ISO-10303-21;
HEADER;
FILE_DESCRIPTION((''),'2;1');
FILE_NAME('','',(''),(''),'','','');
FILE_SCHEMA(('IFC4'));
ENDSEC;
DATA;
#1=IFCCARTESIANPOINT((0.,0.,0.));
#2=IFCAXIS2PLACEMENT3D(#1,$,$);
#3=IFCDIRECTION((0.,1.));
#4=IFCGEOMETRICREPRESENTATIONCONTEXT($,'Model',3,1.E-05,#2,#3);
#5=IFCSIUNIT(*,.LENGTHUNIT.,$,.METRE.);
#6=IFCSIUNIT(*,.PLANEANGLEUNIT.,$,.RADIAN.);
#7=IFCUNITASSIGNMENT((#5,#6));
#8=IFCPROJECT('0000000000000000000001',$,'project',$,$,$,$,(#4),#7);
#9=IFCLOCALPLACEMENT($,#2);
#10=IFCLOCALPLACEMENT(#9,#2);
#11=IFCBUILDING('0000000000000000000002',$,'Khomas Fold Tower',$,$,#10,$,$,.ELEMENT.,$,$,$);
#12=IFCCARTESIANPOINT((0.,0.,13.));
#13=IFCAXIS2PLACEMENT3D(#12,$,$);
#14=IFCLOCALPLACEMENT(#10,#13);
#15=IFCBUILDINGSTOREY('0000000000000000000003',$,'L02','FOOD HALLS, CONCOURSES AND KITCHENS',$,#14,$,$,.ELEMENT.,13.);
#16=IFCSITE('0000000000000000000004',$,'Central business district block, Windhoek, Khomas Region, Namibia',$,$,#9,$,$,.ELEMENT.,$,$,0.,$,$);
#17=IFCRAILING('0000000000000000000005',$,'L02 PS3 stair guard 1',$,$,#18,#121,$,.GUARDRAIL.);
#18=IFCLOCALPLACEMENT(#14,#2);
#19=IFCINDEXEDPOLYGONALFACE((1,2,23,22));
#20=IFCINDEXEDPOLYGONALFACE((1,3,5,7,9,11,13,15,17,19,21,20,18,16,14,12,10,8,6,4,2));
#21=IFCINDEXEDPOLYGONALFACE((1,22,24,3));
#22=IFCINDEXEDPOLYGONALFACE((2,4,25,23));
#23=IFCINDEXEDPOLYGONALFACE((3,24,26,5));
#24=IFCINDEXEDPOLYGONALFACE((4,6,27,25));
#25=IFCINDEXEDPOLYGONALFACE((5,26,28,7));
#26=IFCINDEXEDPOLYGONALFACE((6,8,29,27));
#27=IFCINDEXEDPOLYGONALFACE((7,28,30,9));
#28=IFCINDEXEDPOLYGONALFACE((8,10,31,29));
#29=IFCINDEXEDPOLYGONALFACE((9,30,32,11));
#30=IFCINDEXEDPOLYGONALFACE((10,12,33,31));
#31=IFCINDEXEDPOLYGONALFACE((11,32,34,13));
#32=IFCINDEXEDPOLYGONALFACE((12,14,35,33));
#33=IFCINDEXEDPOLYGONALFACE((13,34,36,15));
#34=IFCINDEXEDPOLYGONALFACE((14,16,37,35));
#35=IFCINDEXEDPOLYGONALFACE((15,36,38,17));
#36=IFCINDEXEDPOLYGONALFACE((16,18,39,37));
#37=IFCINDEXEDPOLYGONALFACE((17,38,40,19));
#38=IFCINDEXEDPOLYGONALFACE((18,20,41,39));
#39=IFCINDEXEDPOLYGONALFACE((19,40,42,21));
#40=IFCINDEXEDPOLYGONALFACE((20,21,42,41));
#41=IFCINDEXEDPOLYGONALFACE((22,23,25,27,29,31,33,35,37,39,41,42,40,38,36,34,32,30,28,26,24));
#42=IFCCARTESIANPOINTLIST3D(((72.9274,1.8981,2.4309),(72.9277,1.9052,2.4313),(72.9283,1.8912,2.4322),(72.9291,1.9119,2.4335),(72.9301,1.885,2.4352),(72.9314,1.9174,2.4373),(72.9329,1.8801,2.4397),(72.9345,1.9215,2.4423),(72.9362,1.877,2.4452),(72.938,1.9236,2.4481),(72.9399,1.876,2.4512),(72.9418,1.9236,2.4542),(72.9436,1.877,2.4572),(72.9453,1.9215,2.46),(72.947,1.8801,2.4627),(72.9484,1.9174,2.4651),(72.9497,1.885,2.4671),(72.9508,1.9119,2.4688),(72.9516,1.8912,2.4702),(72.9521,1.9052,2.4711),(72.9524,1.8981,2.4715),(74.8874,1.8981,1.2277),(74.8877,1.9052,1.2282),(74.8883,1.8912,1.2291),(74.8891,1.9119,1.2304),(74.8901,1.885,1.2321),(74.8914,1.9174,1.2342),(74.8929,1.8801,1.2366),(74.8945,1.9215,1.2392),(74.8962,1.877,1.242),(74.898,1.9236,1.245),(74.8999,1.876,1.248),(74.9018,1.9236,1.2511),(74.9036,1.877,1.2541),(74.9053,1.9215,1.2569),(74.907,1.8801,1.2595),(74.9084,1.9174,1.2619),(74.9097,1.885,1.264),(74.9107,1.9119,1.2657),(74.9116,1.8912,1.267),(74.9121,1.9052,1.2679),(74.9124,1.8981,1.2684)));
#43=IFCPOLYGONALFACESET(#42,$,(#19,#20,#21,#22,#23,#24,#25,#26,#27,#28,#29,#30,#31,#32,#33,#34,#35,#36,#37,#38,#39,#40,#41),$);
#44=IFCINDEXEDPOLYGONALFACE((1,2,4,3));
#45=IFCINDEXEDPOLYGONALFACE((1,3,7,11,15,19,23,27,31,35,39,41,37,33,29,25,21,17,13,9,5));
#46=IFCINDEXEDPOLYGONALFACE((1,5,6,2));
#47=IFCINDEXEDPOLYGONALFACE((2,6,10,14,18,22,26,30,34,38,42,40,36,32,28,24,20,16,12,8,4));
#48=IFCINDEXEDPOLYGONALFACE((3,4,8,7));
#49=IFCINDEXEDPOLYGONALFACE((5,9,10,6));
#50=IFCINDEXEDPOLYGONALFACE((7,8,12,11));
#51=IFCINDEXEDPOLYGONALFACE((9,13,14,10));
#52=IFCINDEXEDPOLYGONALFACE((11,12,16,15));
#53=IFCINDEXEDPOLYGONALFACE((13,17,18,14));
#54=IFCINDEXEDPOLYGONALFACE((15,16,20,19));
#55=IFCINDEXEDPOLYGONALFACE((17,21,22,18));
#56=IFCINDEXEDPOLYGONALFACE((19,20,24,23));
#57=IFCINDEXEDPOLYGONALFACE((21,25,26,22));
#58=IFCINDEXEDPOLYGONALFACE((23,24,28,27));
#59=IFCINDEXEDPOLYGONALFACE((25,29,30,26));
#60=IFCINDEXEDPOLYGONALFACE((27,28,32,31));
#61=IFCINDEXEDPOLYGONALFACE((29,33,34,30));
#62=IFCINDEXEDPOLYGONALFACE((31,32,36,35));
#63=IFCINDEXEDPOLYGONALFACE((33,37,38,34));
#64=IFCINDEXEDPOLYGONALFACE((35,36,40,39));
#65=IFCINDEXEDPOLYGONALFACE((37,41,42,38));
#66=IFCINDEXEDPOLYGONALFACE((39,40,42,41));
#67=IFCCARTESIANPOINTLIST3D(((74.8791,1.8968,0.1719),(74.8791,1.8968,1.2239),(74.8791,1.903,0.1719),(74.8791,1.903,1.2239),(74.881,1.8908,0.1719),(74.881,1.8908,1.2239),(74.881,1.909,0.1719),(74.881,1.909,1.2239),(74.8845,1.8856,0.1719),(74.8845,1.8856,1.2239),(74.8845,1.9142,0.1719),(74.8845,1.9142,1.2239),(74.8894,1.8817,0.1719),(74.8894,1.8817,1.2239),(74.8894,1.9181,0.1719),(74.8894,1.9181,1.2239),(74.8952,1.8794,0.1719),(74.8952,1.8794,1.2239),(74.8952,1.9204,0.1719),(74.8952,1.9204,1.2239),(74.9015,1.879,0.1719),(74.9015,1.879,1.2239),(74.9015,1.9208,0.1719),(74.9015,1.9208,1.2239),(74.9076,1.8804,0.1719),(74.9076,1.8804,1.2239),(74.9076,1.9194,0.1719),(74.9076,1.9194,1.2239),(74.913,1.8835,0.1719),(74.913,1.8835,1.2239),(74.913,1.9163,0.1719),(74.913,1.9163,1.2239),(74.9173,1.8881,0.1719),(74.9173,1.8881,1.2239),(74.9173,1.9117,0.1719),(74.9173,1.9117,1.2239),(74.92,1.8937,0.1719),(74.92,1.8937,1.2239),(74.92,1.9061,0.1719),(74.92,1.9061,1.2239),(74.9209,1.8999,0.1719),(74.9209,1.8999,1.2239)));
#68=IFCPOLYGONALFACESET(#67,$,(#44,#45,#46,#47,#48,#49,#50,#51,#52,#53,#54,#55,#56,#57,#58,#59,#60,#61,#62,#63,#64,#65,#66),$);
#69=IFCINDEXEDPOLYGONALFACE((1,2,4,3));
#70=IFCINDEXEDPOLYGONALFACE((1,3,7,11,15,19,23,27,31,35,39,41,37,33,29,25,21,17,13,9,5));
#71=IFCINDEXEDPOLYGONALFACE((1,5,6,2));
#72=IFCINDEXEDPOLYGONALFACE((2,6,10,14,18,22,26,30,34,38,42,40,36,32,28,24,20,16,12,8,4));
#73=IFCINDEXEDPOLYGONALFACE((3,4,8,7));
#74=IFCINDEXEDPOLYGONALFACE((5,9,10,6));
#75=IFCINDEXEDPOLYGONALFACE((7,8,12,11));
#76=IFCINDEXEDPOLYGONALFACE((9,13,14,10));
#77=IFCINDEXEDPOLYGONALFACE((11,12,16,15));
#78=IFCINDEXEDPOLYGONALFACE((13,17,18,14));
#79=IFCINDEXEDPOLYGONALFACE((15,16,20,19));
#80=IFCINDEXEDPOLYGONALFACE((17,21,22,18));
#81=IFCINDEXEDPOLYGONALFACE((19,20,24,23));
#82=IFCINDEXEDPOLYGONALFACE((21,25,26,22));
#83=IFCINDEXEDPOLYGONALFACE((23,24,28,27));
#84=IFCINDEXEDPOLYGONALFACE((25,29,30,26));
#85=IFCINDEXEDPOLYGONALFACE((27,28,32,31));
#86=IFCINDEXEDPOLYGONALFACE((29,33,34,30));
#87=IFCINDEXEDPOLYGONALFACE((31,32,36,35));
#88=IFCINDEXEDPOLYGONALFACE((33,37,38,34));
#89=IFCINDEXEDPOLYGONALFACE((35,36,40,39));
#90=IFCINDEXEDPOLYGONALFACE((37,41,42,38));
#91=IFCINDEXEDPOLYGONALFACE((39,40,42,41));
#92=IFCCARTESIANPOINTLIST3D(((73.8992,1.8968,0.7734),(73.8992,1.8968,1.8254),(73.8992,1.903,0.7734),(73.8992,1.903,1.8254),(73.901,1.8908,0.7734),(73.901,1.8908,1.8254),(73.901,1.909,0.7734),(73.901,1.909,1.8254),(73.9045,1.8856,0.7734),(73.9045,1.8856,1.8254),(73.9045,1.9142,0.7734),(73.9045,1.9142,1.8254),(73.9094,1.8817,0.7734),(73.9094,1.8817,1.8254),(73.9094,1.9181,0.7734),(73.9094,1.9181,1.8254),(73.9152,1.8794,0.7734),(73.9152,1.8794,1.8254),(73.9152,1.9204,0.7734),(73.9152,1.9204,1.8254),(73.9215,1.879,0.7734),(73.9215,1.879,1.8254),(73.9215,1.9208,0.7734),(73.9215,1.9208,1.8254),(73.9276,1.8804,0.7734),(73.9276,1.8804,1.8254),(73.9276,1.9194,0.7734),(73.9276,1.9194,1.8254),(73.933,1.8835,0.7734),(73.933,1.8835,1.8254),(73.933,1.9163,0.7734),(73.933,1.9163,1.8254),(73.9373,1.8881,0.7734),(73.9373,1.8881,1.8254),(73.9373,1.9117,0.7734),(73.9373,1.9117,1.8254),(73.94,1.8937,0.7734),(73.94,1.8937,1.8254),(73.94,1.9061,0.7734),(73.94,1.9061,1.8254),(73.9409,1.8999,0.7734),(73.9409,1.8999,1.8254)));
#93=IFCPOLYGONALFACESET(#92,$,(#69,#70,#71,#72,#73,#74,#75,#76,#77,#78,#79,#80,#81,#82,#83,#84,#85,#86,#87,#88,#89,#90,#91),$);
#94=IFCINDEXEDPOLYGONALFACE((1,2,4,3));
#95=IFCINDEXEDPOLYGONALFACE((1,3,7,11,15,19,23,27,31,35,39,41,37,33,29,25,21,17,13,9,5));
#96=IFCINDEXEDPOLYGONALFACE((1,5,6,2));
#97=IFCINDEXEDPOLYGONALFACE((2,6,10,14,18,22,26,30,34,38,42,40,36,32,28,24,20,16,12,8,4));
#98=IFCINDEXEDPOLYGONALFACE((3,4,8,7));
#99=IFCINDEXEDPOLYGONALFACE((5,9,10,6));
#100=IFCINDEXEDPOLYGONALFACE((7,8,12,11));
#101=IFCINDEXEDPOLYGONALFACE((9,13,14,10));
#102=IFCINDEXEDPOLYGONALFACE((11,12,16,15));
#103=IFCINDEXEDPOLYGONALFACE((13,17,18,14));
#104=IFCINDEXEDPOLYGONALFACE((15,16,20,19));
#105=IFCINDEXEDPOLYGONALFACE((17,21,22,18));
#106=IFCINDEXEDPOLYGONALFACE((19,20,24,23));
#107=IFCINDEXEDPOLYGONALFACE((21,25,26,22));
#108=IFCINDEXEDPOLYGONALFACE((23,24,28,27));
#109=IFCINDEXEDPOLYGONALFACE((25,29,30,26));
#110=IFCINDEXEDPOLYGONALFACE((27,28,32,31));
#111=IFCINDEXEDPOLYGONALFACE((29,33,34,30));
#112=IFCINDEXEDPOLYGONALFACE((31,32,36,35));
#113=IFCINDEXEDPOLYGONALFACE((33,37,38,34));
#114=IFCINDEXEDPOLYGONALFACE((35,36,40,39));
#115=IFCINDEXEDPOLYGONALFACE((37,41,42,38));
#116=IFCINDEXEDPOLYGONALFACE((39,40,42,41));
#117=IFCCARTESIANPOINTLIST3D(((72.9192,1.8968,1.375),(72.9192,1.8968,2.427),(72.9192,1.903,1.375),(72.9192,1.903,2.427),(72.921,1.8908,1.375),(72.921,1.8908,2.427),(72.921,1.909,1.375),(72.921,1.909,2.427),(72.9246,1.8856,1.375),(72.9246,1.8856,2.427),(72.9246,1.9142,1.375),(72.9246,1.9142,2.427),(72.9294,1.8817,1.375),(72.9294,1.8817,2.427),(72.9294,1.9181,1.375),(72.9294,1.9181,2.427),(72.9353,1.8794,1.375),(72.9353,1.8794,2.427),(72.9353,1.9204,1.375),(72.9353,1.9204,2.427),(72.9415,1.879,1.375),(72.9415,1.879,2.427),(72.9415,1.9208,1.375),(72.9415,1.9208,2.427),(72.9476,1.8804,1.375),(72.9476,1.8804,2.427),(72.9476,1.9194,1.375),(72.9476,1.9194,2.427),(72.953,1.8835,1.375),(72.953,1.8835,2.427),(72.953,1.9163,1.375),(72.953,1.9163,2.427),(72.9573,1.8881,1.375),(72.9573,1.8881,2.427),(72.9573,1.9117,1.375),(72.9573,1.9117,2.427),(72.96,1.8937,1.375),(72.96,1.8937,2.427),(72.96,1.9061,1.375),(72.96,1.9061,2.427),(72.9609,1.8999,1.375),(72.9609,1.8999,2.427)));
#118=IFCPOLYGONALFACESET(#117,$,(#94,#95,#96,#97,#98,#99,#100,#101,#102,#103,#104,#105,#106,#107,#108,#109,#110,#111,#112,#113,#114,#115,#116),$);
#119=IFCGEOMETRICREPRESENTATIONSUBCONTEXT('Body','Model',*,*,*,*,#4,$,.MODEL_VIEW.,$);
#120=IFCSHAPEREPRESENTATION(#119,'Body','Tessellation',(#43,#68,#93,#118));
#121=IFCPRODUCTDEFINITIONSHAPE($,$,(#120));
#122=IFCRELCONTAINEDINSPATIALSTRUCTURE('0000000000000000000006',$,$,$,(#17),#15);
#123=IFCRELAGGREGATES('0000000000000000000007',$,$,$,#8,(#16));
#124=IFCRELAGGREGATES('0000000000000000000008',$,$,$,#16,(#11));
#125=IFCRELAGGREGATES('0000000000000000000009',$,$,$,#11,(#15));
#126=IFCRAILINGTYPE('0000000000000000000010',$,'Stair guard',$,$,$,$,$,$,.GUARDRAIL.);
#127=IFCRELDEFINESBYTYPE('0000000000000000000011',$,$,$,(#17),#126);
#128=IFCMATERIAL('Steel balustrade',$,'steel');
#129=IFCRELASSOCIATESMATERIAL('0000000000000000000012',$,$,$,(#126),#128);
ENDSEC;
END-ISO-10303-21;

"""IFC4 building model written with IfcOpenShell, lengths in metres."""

from ifc_helpers import new_model, si_unit, direction, frame, origin, origin_2d, place, context, subcontext, project, spatial, circle, extrude, source, transform, mapped, material, type_object, element, save


model = new_model("IFC4")

# Units and contexts
model_context = context("Model", 3, precision=1e-05, world=origin(), true_north=direction((0.0, 1.0)))
body_context = subcontext(model_context, "Body", "Model", "MODEL_VIEW")
ifc_project = project(units=[si_unit("LENGTHUNIT", "METRE"), si_unit("PLANEANGLEUNIT", "RADIAN")], contexts=[model_context])

# Site, building, storey
site_placement = place(None, origin())
site = spatial("IfcSite", under=ifc_project, at=site_placement, Name="Central business district block, Windhoek, Khomas Region, Namibia", CompositionType="ELEMENT", RefElevation=0.0)
building_placement = place(site_placement, origin())
building = spatial("IfcBuilding", under=site, at=building_placement, Name="Khomas Fold Tower", CompositionType="ELEMENT")
storey_placement = place(building_placement, frame((0.0, 0.0, 13.0)))
storey = spatial("IfcBuildingStorey", under=building, at=storey_placement, Name="L02", Description="FOOD HALLS, CONCOURSES AND KITCHENS", CompositionType="ELEMENT", Elevation=13.0)

# Railing
ifc_material_1 = material(Name="Steel balustrade", Category="steel")
railing_type_1 = type_object("IfcRailingType", Name="Stair guard", PredefinedType="GUARDRAIL", material=ifc_material_1)
shared_shape_1 = source(origin(), body_context, "Body", "SweptSolid", [
    extrude(circle(Radius=0.0239, at=origin_2d()), frame((0.0, 0.0, 1.0762), z_axis=(-0.852241, 0.0, 0.523149), x_axis=(0.0, -1.0, 0.0)), (0.0, 0.0, 1.0), 2.2998),
    extrude(circle(Radius=0.021, at=origin_2d()), origin(), (0.0, 0.0, 1.0), 1.052),
    extrude(circle(Radius=0.021, at=origin_2d()), frame((-0.98, 0.0, 0.6016)), (0.0, 0.0, 1.0), 1.052),
    extrude(circle(Radius=0.021, at=origin_2d()), frame((-1.96, 0.0, 1.2031)), (0.0, 0.0, 1.0), 1.052),
])
for number, where, name in (
    (1, (74.8999, 1.8999, 0.1719), "L02 PS3 stair guard 1"),
):
    element("IfcRailing", number, at=place(storey_placement, frame(where)), inside=storey, type_object=railing_type_1, Name=name, PredefinedType="GUARDRAIL", context=body_context, shape_type="MappedRepresentation", body=[
        mapped(shared_shape_1, transform((0.0, 0.0, 0.0))),
    ])

save(model, "model.ifc")
